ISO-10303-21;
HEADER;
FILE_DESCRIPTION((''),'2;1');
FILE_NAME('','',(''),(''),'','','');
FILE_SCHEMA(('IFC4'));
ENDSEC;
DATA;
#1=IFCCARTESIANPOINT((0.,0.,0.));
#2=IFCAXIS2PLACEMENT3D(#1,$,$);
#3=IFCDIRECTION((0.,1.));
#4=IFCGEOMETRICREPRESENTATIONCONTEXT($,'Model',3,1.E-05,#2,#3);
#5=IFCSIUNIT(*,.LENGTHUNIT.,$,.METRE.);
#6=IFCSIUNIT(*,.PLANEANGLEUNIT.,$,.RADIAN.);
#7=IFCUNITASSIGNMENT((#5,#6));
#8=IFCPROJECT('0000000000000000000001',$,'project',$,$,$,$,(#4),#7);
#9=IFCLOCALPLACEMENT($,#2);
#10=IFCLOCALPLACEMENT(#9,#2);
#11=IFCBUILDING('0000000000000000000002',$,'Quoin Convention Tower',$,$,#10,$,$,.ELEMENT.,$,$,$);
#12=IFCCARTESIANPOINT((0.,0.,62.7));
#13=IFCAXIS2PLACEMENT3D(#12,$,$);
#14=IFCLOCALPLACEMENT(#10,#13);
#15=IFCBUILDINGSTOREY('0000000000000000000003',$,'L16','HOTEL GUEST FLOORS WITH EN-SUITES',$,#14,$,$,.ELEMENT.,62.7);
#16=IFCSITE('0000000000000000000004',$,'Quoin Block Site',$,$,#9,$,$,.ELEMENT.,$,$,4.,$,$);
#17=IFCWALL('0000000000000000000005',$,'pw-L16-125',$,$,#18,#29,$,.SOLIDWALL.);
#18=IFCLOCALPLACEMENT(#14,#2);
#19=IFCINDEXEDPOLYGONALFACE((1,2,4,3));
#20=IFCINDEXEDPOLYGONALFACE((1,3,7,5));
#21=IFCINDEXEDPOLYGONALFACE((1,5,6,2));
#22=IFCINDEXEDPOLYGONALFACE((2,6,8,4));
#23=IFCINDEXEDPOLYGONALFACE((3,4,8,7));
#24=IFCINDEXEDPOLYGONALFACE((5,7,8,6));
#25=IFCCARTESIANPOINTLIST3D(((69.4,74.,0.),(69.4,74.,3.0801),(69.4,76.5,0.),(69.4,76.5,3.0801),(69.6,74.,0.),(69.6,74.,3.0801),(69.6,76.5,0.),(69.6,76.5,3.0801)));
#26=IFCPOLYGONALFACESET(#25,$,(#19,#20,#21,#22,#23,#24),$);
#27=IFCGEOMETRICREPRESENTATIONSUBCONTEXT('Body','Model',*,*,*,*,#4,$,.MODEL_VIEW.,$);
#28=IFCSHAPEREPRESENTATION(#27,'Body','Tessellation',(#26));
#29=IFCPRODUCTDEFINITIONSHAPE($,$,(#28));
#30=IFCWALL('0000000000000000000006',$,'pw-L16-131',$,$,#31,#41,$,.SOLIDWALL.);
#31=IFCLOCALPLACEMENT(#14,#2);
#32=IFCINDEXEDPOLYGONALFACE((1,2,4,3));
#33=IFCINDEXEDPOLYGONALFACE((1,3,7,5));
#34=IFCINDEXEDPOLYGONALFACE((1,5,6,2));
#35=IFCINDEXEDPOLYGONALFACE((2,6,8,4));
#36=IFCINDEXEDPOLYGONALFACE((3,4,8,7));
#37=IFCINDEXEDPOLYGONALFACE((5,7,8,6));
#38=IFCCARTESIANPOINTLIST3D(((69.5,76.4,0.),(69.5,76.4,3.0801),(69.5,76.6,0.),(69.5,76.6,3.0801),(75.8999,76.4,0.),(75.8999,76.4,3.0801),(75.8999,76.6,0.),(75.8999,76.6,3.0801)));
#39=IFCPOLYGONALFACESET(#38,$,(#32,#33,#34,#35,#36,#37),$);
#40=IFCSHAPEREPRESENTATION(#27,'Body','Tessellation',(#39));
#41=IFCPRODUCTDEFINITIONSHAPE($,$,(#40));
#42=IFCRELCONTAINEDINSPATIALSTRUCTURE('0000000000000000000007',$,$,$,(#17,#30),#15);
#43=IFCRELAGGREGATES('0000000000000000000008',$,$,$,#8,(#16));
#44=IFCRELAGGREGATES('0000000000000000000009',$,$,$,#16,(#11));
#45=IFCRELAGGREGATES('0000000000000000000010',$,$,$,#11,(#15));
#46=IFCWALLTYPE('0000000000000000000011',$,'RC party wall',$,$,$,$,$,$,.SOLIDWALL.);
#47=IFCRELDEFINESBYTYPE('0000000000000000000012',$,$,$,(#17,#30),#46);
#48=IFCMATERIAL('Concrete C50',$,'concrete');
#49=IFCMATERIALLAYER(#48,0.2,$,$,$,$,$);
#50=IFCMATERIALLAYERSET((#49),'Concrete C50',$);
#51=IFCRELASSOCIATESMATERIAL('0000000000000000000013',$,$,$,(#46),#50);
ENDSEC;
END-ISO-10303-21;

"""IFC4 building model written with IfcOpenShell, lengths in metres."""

from ifc_helpers import new_model, si_unit, direction, frame, frame_2d, origin, place, context, subcontext, project, spatial, rectangle, extrude, material, layer, layer_set, type_object, element, save


model = new_model("IFC4")

# Units and contexts
model_context = context("Model", 3, precision=1e-05, world=origin(), true_north=direction((0.0, 1.0)))
body_context = subcontext(model_context, "Body", "Model", "MODEL_VIEW")
ifc_project = project(units=[si_unit("LENGTHUNIT", "METRE"), si_unit("PLANEANGLEUNIT", "RADIAN")], contexts=[model_context])

# Site, building, storey
site_placement = place(None, origin())
site = spatial("IfcSite", under=ifc_project, at=site_placement, Name="Quoin Block Site", CompositionType="ELEMENT", RefElevation=4.0)
building_placement = place(site_placement, origin())
building = spatial("IfcBuilding", under=site, at=building_placement, Name="Quoin Convention Tower", CompositionType="ELEMENT")
storey_placement = place(building_placement, frame((0.0, 0.0, 62.7)))
storey = spatial("IfcBuildingStorey", under=building, at=storey_placement, Name="L16", Description="HOTEL GUEST FLOORS WITH EN-SUITES", CompositionType="ELEMENT", Elevation=62.7)

# Shared definitions
ifc_material_1 = material(Name="Concrete C50", Category="concrete")
ifc_layer = layer(ifc_material_1, 0.2)
ifc_layer_set = layer_set([ifc_layer], Name="Concrete C50")
wall_type = type_object("IfcWallType", Name="RC party wall", PredefinedType="SOLIDWALL", material=ifc_layer_set)

# Walls
wall_1_placement = place(storey_placement, frame((69.5, 74.0, 0.0), z_axis=(0.0, 0.0, 1.0), x_axis=(0.0, 1.0, 0.0)))
element("IfcWall", 1, at=wall_1_placement, inside=storey, type_object=wall_type, Name="pw-L16-125", PredefinedType="SOLIDWALL", context=body_context, shape_type="SweptSolid", body=[
    extrude(rectangle(XDim=2.5, YDim=0.2, at=frame_2d((1.25, 0.0))), origin(), (0.0, 0.0, 1.0), 3.0801),
])
wall_2_placement = place(storey_placement, frame((69.5, 76.5, 0.0), z_axis=(0.0, 0.0, 1.0), x_axis=(1.0, 0.0, 0.0)))
element("IfcWall", 2, at=wall_2_placement, inside=storey, type_object=wall_type, Name="pw-L16-131", PredefinedType="SOLIDWALL", context=body_context, shape_type="SweptSolid", body=[
    extrude(rectangle(XDim=6.3999, YDim=0.2, at=frame_2d((3.2, 0.0))), origin(), (0.0, 0.0, 1.0), 3.0801),
])

save(model, "model.ifc")
